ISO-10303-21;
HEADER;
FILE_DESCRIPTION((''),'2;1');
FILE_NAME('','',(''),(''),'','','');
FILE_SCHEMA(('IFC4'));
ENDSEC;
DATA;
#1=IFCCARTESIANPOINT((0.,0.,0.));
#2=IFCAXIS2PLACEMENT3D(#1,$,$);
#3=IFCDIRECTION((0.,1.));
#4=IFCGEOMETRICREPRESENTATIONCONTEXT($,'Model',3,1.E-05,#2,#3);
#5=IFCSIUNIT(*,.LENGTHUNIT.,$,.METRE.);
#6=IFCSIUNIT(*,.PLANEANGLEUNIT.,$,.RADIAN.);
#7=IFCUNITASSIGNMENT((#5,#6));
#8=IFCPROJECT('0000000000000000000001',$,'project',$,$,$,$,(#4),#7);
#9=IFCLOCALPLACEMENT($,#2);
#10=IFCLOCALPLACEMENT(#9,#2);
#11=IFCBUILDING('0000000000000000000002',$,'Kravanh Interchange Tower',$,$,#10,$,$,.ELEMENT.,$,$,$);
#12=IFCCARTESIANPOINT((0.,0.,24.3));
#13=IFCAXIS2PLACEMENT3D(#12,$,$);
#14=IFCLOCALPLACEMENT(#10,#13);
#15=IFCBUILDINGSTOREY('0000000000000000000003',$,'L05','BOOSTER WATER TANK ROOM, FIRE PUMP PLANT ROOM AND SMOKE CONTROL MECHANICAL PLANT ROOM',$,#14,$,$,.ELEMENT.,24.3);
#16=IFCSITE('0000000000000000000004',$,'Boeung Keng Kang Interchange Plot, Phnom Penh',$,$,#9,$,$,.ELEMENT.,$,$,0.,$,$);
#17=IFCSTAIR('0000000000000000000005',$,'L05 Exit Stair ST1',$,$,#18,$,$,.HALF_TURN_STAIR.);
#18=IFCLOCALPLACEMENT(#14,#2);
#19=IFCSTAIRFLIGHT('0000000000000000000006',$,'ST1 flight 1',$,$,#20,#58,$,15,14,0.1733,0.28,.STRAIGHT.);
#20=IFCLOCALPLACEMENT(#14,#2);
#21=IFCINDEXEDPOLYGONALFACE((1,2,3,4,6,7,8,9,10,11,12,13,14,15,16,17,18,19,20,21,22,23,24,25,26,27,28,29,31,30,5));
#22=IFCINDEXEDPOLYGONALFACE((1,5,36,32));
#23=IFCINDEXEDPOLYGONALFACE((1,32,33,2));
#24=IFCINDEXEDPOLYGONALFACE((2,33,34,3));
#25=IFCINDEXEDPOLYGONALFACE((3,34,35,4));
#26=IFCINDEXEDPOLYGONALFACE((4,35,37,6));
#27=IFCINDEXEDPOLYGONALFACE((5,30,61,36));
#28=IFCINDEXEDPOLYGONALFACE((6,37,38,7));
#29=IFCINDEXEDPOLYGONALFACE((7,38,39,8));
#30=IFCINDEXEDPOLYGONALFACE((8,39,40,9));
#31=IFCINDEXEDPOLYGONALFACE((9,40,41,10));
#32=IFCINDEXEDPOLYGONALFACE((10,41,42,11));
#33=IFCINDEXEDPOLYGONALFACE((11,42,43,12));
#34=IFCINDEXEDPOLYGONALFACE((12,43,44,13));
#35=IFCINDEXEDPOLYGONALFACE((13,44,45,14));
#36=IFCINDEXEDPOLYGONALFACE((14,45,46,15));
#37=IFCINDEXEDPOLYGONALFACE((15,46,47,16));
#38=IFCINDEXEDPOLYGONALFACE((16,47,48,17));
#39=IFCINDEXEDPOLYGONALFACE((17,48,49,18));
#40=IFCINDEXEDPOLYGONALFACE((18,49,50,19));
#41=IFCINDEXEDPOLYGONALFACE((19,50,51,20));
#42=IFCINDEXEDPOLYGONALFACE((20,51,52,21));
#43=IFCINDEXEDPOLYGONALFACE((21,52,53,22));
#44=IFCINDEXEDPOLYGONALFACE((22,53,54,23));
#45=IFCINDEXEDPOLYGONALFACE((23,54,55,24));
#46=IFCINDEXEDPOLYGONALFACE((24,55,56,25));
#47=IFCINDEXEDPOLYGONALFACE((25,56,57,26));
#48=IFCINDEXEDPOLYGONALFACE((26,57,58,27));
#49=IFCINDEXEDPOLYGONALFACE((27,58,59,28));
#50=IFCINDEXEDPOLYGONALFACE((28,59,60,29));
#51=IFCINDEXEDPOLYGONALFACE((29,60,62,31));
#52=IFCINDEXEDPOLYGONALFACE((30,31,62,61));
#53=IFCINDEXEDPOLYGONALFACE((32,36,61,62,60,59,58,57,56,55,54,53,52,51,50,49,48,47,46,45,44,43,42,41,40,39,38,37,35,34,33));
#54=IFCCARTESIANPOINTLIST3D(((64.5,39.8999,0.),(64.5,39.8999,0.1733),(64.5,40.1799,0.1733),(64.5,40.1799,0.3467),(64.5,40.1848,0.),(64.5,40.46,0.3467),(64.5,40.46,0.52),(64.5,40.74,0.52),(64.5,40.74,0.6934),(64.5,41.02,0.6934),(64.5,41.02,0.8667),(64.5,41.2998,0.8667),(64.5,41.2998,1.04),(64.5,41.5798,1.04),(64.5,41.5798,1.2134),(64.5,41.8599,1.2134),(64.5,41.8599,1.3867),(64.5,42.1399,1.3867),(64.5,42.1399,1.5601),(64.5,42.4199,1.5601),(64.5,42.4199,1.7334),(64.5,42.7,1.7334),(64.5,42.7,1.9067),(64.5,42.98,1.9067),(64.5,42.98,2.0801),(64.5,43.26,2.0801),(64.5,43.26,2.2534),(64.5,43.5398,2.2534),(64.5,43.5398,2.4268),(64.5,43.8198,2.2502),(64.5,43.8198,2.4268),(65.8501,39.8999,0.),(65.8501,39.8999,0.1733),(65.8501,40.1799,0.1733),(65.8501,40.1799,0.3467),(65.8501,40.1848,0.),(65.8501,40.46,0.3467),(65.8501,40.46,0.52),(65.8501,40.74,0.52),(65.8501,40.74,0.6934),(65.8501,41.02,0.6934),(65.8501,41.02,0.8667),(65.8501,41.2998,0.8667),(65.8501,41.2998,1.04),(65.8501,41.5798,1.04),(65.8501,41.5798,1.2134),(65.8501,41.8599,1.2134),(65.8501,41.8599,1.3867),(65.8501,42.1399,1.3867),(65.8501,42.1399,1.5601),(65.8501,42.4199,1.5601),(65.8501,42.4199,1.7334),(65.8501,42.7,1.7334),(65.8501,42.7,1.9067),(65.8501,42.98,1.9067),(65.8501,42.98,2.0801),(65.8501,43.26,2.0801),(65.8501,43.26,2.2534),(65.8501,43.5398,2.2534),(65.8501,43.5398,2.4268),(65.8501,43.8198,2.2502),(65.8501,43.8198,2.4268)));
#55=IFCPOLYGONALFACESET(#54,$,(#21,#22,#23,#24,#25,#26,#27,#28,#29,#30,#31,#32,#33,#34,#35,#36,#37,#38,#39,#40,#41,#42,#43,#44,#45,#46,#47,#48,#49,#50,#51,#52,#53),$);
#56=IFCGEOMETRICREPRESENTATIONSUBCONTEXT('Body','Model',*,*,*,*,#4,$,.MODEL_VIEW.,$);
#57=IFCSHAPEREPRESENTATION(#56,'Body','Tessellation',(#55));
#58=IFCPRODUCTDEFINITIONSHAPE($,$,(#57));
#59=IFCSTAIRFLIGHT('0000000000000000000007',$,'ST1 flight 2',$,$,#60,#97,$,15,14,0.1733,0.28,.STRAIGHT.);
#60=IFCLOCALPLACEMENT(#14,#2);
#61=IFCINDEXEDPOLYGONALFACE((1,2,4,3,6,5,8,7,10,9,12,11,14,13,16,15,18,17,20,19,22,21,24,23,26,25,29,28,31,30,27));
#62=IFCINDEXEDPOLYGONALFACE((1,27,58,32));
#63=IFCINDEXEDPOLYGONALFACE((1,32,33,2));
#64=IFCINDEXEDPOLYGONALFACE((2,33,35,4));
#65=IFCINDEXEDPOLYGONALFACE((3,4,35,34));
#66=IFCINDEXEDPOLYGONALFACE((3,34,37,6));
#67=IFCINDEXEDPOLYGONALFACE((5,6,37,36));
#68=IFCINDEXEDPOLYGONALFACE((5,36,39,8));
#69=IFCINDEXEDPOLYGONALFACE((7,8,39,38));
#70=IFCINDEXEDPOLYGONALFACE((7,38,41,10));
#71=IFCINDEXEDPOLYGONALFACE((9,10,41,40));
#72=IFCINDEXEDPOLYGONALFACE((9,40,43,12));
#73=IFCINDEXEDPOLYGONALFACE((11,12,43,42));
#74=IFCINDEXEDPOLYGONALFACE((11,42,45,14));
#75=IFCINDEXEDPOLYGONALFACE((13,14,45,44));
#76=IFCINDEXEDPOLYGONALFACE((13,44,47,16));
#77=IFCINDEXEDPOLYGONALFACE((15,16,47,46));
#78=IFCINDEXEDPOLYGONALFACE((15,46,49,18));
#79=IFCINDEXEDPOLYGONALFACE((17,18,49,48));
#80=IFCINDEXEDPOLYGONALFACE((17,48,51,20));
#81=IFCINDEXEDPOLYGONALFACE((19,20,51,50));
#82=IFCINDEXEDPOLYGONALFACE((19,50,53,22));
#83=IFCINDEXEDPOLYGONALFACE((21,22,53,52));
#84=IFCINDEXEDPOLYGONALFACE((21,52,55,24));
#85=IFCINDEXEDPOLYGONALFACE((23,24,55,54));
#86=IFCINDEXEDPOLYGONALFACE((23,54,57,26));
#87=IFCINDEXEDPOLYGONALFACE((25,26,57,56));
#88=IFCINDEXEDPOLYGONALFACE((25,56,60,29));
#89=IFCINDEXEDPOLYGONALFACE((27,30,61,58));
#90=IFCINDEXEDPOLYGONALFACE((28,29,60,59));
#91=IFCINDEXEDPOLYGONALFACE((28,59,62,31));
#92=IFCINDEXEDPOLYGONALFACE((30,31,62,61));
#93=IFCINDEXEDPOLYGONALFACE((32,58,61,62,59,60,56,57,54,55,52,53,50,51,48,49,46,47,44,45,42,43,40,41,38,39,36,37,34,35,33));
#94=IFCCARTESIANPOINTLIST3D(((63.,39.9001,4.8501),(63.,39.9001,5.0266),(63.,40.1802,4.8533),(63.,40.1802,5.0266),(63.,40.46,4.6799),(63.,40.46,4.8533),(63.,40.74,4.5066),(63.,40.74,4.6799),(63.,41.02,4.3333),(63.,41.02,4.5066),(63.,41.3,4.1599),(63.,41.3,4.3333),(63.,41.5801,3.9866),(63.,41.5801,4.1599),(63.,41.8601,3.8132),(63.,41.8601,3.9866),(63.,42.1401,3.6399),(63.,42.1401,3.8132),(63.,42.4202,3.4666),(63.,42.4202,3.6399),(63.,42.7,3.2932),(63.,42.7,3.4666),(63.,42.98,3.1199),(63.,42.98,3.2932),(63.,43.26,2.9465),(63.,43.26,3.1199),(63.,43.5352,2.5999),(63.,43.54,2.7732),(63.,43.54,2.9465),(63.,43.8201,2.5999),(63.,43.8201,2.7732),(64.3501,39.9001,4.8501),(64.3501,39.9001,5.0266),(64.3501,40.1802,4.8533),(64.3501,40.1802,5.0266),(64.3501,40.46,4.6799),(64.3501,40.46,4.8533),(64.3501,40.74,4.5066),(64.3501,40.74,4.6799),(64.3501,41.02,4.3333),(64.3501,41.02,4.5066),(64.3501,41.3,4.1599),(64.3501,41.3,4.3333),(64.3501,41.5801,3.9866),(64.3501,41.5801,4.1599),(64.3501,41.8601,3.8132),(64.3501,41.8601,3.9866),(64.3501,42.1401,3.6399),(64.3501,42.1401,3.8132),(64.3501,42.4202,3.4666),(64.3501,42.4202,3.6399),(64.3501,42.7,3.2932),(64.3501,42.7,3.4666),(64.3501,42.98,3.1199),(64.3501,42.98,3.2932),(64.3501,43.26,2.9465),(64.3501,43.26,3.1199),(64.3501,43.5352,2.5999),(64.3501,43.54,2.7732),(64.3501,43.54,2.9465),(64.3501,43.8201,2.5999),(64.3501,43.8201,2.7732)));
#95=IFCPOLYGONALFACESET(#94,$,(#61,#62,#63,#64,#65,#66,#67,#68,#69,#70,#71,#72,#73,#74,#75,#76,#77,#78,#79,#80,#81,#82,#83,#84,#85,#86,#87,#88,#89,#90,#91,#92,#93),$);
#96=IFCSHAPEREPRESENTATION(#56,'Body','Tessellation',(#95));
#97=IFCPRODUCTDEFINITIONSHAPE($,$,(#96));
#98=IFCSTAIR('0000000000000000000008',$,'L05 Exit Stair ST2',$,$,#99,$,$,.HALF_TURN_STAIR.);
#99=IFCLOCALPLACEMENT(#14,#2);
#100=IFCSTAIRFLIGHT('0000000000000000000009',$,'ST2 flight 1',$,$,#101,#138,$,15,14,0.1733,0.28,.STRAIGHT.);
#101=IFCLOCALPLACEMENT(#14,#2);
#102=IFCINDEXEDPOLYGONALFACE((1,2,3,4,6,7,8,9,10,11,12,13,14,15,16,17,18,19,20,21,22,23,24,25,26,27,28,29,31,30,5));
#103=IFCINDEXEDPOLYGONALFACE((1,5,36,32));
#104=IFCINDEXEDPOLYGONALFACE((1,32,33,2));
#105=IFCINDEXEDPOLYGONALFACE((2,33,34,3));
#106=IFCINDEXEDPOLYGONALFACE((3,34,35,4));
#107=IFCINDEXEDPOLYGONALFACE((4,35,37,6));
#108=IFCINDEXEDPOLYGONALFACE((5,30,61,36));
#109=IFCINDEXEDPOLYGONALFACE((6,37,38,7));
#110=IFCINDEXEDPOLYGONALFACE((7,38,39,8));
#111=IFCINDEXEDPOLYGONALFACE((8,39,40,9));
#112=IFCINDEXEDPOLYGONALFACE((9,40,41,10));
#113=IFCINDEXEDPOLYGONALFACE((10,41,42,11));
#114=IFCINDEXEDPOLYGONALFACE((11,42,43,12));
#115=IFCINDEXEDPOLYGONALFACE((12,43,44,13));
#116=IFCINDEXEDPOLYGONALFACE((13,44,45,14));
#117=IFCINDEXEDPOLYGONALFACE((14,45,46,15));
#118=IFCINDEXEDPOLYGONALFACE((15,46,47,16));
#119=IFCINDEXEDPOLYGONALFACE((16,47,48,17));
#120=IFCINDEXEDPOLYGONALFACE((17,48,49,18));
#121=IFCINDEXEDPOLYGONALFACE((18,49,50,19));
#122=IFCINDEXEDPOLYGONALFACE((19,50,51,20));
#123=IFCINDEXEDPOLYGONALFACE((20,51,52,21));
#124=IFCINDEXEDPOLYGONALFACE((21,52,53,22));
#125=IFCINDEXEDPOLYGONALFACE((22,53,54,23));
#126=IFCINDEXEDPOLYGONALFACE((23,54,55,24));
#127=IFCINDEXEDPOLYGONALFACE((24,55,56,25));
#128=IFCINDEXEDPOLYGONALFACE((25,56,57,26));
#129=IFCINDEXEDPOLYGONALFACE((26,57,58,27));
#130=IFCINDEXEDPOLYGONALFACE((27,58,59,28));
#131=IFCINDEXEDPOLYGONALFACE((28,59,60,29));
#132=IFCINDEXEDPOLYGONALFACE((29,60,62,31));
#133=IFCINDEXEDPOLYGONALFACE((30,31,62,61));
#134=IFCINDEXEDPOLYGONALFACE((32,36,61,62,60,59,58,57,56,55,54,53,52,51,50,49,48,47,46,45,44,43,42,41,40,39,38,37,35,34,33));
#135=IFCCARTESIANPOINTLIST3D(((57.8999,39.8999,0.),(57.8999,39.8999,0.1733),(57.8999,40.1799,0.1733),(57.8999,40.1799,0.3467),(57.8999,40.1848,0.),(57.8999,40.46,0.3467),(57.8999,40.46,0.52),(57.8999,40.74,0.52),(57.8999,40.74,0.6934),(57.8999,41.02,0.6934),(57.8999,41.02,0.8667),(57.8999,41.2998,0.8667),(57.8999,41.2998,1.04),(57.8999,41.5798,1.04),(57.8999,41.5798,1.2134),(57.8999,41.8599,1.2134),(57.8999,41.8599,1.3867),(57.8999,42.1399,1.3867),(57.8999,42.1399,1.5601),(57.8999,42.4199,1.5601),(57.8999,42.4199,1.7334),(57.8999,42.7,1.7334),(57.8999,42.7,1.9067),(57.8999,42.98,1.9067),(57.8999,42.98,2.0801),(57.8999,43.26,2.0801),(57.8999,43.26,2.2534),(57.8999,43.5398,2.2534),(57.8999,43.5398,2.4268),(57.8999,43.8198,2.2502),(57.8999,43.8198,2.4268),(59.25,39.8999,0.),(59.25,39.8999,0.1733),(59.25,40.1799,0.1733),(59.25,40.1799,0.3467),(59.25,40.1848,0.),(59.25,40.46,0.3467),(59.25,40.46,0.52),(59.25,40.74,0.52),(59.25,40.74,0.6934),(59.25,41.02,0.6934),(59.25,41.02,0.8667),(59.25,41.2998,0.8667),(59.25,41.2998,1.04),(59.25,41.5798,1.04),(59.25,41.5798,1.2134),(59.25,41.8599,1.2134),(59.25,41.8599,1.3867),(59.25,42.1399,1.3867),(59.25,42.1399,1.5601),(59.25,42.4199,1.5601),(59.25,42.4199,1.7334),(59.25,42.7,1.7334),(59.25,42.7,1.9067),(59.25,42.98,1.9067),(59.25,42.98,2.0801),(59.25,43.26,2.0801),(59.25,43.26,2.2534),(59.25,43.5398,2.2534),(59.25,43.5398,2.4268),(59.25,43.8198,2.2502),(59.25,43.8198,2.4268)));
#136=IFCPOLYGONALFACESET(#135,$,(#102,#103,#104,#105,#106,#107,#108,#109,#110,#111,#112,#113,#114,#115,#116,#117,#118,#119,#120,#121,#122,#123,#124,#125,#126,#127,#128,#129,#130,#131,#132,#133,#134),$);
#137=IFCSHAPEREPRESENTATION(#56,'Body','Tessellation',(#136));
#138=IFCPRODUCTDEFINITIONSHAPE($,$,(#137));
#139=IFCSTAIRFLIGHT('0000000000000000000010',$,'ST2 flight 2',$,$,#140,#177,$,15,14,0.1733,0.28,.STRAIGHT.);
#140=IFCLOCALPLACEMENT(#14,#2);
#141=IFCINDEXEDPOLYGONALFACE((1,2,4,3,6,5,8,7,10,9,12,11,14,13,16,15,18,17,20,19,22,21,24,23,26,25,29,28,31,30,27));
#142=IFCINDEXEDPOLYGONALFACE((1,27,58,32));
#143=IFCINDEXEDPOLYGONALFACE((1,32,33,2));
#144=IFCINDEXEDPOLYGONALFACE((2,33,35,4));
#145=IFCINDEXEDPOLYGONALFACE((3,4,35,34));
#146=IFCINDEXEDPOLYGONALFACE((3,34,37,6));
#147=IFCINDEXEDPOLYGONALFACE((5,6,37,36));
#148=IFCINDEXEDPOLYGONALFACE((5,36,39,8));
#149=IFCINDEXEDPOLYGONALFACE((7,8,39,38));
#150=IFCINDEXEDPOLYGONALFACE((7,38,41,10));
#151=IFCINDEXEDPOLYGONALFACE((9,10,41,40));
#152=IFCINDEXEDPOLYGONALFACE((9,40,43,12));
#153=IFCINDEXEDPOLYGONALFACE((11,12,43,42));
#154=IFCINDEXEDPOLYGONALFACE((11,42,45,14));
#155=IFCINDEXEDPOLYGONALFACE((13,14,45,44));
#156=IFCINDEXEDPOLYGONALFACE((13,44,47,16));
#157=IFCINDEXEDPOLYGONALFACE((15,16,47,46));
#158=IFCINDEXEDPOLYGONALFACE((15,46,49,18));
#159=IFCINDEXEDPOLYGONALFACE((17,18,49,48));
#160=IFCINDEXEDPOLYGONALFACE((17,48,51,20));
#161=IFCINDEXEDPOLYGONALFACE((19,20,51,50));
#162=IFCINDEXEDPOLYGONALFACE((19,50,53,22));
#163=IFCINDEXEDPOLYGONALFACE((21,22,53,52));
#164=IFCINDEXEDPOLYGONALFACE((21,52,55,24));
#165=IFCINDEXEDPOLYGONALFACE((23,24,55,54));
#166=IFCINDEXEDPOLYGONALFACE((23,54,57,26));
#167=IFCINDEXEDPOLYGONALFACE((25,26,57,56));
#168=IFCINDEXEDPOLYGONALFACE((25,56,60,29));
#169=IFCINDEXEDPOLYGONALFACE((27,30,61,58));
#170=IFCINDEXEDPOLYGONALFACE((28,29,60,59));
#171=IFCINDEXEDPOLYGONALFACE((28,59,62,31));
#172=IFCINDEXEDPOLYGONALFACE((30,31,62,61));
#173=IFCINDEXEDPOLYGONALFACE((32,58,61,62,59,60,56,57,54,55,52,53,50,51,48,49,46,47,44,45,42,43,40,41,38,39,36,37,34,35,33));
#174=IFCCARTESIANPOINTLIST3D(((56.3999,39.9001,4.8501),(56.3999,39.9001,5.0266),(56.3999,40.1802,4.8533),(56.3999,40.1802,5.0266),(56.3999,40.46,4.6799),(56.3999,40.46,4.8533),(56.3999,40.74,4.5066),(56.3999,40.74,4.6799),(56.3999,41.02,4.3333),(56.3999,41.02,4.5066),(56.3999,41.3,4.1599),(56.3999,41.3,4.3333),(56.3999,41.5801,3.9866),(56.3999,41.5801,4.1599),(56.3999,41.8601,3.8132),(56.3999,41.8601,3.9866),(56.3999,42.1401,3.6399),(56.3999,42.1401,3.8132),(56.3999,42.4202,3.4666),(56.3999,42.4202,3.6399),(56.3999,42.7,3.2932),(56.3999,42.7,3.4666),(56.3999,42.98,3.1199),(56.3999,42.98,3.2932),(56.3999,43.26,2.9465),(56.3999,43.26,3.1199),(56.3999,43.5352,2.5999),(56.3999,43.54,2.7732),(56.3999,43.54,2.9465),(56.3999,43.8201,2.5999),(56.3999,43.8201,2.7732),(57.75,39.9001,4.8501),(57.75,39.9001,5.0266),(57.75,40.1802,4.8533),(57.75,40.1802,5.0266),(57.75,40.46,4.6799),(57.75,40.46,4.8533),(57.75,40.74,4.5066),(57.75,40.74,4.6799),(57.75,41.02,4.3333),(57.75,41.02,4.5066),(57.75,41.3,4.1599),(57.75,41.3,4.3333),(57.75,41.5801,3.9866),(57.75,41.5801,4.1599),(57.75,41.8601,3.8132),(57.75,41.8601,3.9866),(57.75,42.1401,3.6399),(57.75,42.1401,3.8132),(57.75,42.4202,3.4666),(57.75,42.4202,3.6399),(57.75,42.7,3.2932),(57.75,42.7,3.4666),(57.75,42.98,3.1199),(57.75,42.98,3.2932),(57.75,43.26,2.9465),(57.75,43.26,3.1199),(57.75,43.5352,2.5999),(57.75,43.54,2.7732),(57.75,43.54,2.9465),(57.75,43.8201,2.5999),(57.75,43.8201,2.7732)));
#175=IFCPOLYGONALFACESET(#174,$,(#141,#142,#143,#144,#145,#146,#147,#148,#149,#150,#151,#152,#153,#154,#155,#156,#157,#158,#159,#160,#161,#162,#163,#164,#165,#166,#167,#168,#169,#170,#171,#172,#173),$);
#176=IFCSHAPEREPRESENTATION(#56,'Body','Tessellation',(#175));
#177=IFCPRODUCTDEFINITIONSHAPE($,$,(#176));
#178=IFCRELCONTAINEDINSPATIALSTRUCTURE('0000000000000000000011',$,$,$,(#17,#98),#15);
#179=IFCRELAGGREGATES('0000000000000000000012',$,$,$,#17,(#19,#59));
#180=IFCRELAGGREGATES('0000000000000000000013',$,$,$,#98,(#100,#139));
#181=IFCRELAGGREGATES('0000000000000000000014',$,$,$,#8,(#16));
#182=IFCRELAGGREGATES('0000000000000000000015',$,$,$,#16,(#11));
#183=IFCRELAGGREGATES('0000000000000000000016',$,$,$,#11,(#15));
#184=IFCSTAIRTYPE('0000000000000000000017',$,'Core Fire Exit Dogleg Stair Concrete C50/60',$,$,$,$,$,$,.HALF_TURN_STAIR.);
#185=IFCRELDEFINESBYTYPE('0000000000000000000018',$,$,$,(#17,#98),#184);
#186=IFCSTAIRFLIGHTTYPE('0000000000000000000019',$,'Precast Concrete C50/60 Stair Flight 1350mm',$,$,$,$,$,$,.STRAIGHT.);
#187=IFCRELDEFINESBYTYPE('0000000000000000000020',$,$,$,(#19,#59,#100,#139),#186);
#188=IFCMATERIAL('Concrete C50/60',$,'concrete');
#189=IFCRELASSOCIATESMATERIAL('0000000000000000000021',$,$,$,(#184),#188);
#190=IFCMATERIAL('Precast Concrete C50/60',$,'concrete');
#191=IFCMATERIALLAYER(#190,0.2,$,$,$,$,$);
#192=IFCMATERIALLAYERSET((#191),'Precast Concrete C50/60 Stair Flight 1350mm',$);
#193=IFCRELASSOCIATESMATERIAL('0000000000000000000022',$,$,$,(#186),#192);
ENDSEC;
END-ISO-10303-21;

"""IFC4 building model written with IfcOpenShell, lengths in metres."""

from ifc_helpers import new_model, si_unit, direction, frame, origin, place, context, subcontext, project, spatial, polyline, outline, extrude, material, layer, layer_set, type_object, element, aggregate, save


model = new_model("IFC4")

# Units and contexts
model_context = context("Model", 3, precision=1e-05, world=origin(), true_north=direction((0.0, 1.0)))
body_context = subcontext(model_context, "Body", "Model", "MODEL_VIEW")
ifc_project = project(units=[si_unit("LENGTHUNIT", "METRE"), si_unit("PLANEANGLEUNIT", "RADIAN")], contexts=[model_context])

# Site, building, storey
site_placement = place(None, origin())
site = spatial("IfcSite", under=ifc_project, at=site_placement, Name="Boeung Keng Kang Interchange Plot, Phnom Penh", CompositionType="ELEMENT", RefElevation=0.0)
building_placement = place(site_placement, origin())
building = spatial("IfcBuilding", under=site, at=building_placement, Name="Kravanh Interchange Tower", CompositionType="ELEMENT")
storey_placement = place(building_placement, frame((0.0, 0.0, 24.3)))
storey = spatial("IfcBuildingStorey", under=building, at=storey_placement, Name="L05", Description="BOOSTER WATER TANK ROOM, FIRE PUMP PLANT ROOM AND SMOKE CONTROL MECHANICAL PLANT ROOM", CompositionType="ELEMENT", Elevation=24.3)

# Stairs, stair flights
ifc_material_1 = material(Name="Concrete C50/60", Category="concrete")
stair_type = type_object("IfcStairType", Name="Core Fire Exit Dogleg Stair Concrete C50/60", PredefinedType="HALF_TURN_STAIR", material=ifc_material_1)
stair_1_placement = place(storey_placement, origin())
stair_1 = element("IfcStair", 1, at=stair_1_placement, inside=storey, type_object=stair_type, Name="L05 Exit Stair ST1", PredefinedType="HALF_TURN_STAIR")
ifc_material_2 = material(Name="Precast Concrete C50/60", Category="concrete")
ifc_layer_1 = layer(ifc_material_2, 0.2)
ifc_layer_set_1 = layer_set([ifc_layer_1], Name="Precast Concrete C50/60 Stair Flight 1350mm")
stair_flight_type = type_object("IfcStairFlightType", Name="Precast Concrete C50/60 Stair Flight 1350mm", PredefinedType="STRAIGHT", material=ifc_layer_set_1)
stair_flight_1_placement = place(storey_placement, frame((65.175, 39.8999, 0.0), z_axis=(0.0, 0.0, 1.0), x_axis=(0.0, 1.0, 0.0)))
stair_flight_1 = element("IfcStairFlight", 2, at=stair_flight_1_placement, type_object=stair_flight_type, Name="ST1 flight 1", NumberOfRisers=15, NumberOfTreads=14, PredefinedType="STRAIGHT", RiserHeight=0.1733, TreadLength=0.28, context=body_context, shape_type="SweptSolid", body=[
    extrude(outline(polyline([(0.0, 0.0), (0.0, 0.1733), (0.28, 0.1733), (0.28, 0.3467), (0.5601, 0.3467), (0.5601, 0.52), (0.8401, 0.52), (0.8401, 0.6934), (1.1201, 0.6934), (1.1201, 0.8667), (1.3999, 0.8667), (1.3999, 1.04), (1.6799, 1.04), (1.6799, 1.2134), (1.96, 1.2134), (1.96, 1.3867), (2.24, 1.3867), (2.24, 1.5601), (2.52, 1.5601), (2.52, 1.7334), (2.8, 1.7334), (2.8, 1.9067), (3.0801, 1.9067), (3.0801, 2.0801), (3.3601, 2.0801), (3.3601, 2.2534), (3.6399, 2.2534), (3.6399, 2.4268), (3.9199, 2.4268), (3.9199, 2.6001), (3.9199, 2.2502), (0.2849, 0.0), (0.0, 0.0)])), frame((0.0, 0.675, 0.0), z_axis=(0.0, -1.0, 0.0), x_axis=(1.0, 0.0, 0.0)), (0.0, 0.0, 1.0), 1.3501),
])
stair_flight_2_placement = place(storey_placement, frame((63.675, 43.8201, 2.5999), z_axis=(0.0, 0.0, 1.0), x_axis=(0.0, -1.0, 0.0)))
stair_flight_2 = element("IfcStairFlight", 3, at=stair_flight_2_placement, type_object=stair_flight_type, Name="ST1 flight 2", NumberOfRisers=15, NumberOfTreads=14, PredefinedType="STRAIGHT", RiserHeight=0.1733, TreadLength=0.28, context=body_context, shape_type="SweptSolid", body=[
    extrude(outline(polyline([(0.0, 0.0), (0.0, 0.1733), (0.28, 0.1733), (0.28, 0.3467), (0.5601, 0.3467), (0.5601, 0.52), (0.8401, 0.52), (0.8401, 0.6934), (1.1201, 0.6934), (1.1201, 0.8667), (1.3999, 0.8667), (1.3999, 1.04), (1.6799, 1.04), (1.6799, 1.2134), (1.96, 1.2134), (1.96, 1.3867), (2.24, 1.3867), (2.24, 1.5601), (2.52, 1.5601), (2.52, 1.7334), (2.8, 1.7334), (2.8, 1.9067), (3.0801, 1.9067), (3.0801, 2.0801), (3.3601, 2.0801), (3.3601, 2.2534), (3.6399, 2.2534), (3.6399, 2.4268), (3.9199, 2.4268), (3.9199, 2.6001), (3.9199, 2.2502), (0.2849, 0.0), (0.0, 0.0)])), frame((0.0, 0.675, 0.0), z_axis=(0.0, -1.0, 0.0), x_axis=(1.0, 0.0, 0.0)), (0.0, 0.0, 1.0), 1.3501),
])
aggregate(stair_1, [stair_flight_1, stair_flight_2])
stair_2_placement = place(storey_placement, origin())
stair_2 = element("IfcStair", 4, at=stair_2_placement, inside=storey, type_object=stair_type, Name="L05 Exit Stair ST2", PredefinedType="HALF_TURN_STAIR")
stair_flight_3_placement = place(storey_placement, frame((58.575, 39.8999, 0.0), z_axis=(0.0, 0.0, 1.0), x_axis=(0.0, 1.0, 0.0)))
stair_flight_3 = element("IfcStairFlight", 5, at=stair_flight_3_placement, type_object=stair_flight_type, Name="ST2 flight 1", NumberOfRisers=15, NumberOfTreads=14, PredefinedType="STRAIGHT", RiserHeight=0.1733, TreadLength=0.28, context=body_context, shape_type="SweptSolid", body=[
    extrude(outline(polyline([(0.0, 0.0), (0.0, 0.1733), (0.28, 0.1733), (0.28, 0.3467), (0.5601, 0.3467), (0.5601, 0.52), (0.8401, 0.52), (0.8401, 0.6934), (1.1201, 0.6934), (1.1201, 0.8667), (1.3999, 0.8667), (1.3999, 1.04), (1.6799, 1.04), (1.6799, 1.2134), (1.96, 1.2134), (1.96, 1.3867), (2.24, 1.3867), (2.24, 1.5601), (2.52, 1.5601), (2.52, 1.7334), (2.8, 1.7334), (2.8, 1.9067), (3.0801, 1.9067), (3.0801, 2.0801), (3.3601, 2.0801), (3.3601, 2.2534), (3.6399, 2.2534), (3.6399, 2.4268), (3.9199, 2.4268), (3.9199, 2.6001), (3.9199, 2.2502), (0.2849, 0.0), (0.0, 0.0)])), frame((0.0, 0.675, 0.0), z_axis=(0.0, -1.0, 0.0), x_axis=(1.0, 0.0, 0.0)), (0.0, 0.0, 1.0), 1.3501),
])
stair_flight_4_placement = place(storey_placement, frame((57.075, 43.8201, 2.5999), z_axis=(0.0, 0.0, 1.0), x_axis=(0.0, -1.0, 0.0)))
stair_flight_4 = element("IfcStairFlight", 6, at=stair_flight_4_placement, type_object=stair_flight_type, Name="ST2 flight 2", NumberOfRisers=15, NumberOfTreads=14, PredefinedType="STRAIGHT", RiserHeight=0.1733, TreadLength=0.28, context=body_context, shape_type="SweptSolid", body=[
    extrude(outline(polyline([(0.0, 0.0), (0.0, 0.1733), (0.28, 0.1733), (0.28, 0.3467), (0.5601, 0.3467), (0.5601, 0.52), (0.8401, 0.52), (0.8401, 0.6934), (1.1201, 0.6934), (1.1201, 0.8667), (1.3999, 0.8667), (1.3999, 1.04), (1.6799, 1.04), (1.6799, 1.2134), (1.96, 1.2134), (1.96, 1.3867), (2.24, 1.3867), (2.24, 1.5601), (2.52, 1.5601), (2.52, 1.7334), (2.8, 1.7334), (2.8, 1.9067), (3.0801, 1.9067), (3.0801, 2.0801), (3.3601, 2.0801), (3.3601, 2.2534), (3.6399, 2.2534), (3.6399, 2.4268), (3.9199, 2.4268), (3.9199, 2.6001), (3.9199, 2.2502), (0.2849, 0.0), (0.0, 0.0)])), frame((0.0, 0.675, 0.0), z_axis=(0.0, -1.0, 0.0), x_axis=(1.0, 0.0, 0.0)), (0.0, 0.0, 1.0), 1.3501),
])
aggregate(stair_2, [stair_flight_3, stair_flight_4])

save(model, "model.ifc")
